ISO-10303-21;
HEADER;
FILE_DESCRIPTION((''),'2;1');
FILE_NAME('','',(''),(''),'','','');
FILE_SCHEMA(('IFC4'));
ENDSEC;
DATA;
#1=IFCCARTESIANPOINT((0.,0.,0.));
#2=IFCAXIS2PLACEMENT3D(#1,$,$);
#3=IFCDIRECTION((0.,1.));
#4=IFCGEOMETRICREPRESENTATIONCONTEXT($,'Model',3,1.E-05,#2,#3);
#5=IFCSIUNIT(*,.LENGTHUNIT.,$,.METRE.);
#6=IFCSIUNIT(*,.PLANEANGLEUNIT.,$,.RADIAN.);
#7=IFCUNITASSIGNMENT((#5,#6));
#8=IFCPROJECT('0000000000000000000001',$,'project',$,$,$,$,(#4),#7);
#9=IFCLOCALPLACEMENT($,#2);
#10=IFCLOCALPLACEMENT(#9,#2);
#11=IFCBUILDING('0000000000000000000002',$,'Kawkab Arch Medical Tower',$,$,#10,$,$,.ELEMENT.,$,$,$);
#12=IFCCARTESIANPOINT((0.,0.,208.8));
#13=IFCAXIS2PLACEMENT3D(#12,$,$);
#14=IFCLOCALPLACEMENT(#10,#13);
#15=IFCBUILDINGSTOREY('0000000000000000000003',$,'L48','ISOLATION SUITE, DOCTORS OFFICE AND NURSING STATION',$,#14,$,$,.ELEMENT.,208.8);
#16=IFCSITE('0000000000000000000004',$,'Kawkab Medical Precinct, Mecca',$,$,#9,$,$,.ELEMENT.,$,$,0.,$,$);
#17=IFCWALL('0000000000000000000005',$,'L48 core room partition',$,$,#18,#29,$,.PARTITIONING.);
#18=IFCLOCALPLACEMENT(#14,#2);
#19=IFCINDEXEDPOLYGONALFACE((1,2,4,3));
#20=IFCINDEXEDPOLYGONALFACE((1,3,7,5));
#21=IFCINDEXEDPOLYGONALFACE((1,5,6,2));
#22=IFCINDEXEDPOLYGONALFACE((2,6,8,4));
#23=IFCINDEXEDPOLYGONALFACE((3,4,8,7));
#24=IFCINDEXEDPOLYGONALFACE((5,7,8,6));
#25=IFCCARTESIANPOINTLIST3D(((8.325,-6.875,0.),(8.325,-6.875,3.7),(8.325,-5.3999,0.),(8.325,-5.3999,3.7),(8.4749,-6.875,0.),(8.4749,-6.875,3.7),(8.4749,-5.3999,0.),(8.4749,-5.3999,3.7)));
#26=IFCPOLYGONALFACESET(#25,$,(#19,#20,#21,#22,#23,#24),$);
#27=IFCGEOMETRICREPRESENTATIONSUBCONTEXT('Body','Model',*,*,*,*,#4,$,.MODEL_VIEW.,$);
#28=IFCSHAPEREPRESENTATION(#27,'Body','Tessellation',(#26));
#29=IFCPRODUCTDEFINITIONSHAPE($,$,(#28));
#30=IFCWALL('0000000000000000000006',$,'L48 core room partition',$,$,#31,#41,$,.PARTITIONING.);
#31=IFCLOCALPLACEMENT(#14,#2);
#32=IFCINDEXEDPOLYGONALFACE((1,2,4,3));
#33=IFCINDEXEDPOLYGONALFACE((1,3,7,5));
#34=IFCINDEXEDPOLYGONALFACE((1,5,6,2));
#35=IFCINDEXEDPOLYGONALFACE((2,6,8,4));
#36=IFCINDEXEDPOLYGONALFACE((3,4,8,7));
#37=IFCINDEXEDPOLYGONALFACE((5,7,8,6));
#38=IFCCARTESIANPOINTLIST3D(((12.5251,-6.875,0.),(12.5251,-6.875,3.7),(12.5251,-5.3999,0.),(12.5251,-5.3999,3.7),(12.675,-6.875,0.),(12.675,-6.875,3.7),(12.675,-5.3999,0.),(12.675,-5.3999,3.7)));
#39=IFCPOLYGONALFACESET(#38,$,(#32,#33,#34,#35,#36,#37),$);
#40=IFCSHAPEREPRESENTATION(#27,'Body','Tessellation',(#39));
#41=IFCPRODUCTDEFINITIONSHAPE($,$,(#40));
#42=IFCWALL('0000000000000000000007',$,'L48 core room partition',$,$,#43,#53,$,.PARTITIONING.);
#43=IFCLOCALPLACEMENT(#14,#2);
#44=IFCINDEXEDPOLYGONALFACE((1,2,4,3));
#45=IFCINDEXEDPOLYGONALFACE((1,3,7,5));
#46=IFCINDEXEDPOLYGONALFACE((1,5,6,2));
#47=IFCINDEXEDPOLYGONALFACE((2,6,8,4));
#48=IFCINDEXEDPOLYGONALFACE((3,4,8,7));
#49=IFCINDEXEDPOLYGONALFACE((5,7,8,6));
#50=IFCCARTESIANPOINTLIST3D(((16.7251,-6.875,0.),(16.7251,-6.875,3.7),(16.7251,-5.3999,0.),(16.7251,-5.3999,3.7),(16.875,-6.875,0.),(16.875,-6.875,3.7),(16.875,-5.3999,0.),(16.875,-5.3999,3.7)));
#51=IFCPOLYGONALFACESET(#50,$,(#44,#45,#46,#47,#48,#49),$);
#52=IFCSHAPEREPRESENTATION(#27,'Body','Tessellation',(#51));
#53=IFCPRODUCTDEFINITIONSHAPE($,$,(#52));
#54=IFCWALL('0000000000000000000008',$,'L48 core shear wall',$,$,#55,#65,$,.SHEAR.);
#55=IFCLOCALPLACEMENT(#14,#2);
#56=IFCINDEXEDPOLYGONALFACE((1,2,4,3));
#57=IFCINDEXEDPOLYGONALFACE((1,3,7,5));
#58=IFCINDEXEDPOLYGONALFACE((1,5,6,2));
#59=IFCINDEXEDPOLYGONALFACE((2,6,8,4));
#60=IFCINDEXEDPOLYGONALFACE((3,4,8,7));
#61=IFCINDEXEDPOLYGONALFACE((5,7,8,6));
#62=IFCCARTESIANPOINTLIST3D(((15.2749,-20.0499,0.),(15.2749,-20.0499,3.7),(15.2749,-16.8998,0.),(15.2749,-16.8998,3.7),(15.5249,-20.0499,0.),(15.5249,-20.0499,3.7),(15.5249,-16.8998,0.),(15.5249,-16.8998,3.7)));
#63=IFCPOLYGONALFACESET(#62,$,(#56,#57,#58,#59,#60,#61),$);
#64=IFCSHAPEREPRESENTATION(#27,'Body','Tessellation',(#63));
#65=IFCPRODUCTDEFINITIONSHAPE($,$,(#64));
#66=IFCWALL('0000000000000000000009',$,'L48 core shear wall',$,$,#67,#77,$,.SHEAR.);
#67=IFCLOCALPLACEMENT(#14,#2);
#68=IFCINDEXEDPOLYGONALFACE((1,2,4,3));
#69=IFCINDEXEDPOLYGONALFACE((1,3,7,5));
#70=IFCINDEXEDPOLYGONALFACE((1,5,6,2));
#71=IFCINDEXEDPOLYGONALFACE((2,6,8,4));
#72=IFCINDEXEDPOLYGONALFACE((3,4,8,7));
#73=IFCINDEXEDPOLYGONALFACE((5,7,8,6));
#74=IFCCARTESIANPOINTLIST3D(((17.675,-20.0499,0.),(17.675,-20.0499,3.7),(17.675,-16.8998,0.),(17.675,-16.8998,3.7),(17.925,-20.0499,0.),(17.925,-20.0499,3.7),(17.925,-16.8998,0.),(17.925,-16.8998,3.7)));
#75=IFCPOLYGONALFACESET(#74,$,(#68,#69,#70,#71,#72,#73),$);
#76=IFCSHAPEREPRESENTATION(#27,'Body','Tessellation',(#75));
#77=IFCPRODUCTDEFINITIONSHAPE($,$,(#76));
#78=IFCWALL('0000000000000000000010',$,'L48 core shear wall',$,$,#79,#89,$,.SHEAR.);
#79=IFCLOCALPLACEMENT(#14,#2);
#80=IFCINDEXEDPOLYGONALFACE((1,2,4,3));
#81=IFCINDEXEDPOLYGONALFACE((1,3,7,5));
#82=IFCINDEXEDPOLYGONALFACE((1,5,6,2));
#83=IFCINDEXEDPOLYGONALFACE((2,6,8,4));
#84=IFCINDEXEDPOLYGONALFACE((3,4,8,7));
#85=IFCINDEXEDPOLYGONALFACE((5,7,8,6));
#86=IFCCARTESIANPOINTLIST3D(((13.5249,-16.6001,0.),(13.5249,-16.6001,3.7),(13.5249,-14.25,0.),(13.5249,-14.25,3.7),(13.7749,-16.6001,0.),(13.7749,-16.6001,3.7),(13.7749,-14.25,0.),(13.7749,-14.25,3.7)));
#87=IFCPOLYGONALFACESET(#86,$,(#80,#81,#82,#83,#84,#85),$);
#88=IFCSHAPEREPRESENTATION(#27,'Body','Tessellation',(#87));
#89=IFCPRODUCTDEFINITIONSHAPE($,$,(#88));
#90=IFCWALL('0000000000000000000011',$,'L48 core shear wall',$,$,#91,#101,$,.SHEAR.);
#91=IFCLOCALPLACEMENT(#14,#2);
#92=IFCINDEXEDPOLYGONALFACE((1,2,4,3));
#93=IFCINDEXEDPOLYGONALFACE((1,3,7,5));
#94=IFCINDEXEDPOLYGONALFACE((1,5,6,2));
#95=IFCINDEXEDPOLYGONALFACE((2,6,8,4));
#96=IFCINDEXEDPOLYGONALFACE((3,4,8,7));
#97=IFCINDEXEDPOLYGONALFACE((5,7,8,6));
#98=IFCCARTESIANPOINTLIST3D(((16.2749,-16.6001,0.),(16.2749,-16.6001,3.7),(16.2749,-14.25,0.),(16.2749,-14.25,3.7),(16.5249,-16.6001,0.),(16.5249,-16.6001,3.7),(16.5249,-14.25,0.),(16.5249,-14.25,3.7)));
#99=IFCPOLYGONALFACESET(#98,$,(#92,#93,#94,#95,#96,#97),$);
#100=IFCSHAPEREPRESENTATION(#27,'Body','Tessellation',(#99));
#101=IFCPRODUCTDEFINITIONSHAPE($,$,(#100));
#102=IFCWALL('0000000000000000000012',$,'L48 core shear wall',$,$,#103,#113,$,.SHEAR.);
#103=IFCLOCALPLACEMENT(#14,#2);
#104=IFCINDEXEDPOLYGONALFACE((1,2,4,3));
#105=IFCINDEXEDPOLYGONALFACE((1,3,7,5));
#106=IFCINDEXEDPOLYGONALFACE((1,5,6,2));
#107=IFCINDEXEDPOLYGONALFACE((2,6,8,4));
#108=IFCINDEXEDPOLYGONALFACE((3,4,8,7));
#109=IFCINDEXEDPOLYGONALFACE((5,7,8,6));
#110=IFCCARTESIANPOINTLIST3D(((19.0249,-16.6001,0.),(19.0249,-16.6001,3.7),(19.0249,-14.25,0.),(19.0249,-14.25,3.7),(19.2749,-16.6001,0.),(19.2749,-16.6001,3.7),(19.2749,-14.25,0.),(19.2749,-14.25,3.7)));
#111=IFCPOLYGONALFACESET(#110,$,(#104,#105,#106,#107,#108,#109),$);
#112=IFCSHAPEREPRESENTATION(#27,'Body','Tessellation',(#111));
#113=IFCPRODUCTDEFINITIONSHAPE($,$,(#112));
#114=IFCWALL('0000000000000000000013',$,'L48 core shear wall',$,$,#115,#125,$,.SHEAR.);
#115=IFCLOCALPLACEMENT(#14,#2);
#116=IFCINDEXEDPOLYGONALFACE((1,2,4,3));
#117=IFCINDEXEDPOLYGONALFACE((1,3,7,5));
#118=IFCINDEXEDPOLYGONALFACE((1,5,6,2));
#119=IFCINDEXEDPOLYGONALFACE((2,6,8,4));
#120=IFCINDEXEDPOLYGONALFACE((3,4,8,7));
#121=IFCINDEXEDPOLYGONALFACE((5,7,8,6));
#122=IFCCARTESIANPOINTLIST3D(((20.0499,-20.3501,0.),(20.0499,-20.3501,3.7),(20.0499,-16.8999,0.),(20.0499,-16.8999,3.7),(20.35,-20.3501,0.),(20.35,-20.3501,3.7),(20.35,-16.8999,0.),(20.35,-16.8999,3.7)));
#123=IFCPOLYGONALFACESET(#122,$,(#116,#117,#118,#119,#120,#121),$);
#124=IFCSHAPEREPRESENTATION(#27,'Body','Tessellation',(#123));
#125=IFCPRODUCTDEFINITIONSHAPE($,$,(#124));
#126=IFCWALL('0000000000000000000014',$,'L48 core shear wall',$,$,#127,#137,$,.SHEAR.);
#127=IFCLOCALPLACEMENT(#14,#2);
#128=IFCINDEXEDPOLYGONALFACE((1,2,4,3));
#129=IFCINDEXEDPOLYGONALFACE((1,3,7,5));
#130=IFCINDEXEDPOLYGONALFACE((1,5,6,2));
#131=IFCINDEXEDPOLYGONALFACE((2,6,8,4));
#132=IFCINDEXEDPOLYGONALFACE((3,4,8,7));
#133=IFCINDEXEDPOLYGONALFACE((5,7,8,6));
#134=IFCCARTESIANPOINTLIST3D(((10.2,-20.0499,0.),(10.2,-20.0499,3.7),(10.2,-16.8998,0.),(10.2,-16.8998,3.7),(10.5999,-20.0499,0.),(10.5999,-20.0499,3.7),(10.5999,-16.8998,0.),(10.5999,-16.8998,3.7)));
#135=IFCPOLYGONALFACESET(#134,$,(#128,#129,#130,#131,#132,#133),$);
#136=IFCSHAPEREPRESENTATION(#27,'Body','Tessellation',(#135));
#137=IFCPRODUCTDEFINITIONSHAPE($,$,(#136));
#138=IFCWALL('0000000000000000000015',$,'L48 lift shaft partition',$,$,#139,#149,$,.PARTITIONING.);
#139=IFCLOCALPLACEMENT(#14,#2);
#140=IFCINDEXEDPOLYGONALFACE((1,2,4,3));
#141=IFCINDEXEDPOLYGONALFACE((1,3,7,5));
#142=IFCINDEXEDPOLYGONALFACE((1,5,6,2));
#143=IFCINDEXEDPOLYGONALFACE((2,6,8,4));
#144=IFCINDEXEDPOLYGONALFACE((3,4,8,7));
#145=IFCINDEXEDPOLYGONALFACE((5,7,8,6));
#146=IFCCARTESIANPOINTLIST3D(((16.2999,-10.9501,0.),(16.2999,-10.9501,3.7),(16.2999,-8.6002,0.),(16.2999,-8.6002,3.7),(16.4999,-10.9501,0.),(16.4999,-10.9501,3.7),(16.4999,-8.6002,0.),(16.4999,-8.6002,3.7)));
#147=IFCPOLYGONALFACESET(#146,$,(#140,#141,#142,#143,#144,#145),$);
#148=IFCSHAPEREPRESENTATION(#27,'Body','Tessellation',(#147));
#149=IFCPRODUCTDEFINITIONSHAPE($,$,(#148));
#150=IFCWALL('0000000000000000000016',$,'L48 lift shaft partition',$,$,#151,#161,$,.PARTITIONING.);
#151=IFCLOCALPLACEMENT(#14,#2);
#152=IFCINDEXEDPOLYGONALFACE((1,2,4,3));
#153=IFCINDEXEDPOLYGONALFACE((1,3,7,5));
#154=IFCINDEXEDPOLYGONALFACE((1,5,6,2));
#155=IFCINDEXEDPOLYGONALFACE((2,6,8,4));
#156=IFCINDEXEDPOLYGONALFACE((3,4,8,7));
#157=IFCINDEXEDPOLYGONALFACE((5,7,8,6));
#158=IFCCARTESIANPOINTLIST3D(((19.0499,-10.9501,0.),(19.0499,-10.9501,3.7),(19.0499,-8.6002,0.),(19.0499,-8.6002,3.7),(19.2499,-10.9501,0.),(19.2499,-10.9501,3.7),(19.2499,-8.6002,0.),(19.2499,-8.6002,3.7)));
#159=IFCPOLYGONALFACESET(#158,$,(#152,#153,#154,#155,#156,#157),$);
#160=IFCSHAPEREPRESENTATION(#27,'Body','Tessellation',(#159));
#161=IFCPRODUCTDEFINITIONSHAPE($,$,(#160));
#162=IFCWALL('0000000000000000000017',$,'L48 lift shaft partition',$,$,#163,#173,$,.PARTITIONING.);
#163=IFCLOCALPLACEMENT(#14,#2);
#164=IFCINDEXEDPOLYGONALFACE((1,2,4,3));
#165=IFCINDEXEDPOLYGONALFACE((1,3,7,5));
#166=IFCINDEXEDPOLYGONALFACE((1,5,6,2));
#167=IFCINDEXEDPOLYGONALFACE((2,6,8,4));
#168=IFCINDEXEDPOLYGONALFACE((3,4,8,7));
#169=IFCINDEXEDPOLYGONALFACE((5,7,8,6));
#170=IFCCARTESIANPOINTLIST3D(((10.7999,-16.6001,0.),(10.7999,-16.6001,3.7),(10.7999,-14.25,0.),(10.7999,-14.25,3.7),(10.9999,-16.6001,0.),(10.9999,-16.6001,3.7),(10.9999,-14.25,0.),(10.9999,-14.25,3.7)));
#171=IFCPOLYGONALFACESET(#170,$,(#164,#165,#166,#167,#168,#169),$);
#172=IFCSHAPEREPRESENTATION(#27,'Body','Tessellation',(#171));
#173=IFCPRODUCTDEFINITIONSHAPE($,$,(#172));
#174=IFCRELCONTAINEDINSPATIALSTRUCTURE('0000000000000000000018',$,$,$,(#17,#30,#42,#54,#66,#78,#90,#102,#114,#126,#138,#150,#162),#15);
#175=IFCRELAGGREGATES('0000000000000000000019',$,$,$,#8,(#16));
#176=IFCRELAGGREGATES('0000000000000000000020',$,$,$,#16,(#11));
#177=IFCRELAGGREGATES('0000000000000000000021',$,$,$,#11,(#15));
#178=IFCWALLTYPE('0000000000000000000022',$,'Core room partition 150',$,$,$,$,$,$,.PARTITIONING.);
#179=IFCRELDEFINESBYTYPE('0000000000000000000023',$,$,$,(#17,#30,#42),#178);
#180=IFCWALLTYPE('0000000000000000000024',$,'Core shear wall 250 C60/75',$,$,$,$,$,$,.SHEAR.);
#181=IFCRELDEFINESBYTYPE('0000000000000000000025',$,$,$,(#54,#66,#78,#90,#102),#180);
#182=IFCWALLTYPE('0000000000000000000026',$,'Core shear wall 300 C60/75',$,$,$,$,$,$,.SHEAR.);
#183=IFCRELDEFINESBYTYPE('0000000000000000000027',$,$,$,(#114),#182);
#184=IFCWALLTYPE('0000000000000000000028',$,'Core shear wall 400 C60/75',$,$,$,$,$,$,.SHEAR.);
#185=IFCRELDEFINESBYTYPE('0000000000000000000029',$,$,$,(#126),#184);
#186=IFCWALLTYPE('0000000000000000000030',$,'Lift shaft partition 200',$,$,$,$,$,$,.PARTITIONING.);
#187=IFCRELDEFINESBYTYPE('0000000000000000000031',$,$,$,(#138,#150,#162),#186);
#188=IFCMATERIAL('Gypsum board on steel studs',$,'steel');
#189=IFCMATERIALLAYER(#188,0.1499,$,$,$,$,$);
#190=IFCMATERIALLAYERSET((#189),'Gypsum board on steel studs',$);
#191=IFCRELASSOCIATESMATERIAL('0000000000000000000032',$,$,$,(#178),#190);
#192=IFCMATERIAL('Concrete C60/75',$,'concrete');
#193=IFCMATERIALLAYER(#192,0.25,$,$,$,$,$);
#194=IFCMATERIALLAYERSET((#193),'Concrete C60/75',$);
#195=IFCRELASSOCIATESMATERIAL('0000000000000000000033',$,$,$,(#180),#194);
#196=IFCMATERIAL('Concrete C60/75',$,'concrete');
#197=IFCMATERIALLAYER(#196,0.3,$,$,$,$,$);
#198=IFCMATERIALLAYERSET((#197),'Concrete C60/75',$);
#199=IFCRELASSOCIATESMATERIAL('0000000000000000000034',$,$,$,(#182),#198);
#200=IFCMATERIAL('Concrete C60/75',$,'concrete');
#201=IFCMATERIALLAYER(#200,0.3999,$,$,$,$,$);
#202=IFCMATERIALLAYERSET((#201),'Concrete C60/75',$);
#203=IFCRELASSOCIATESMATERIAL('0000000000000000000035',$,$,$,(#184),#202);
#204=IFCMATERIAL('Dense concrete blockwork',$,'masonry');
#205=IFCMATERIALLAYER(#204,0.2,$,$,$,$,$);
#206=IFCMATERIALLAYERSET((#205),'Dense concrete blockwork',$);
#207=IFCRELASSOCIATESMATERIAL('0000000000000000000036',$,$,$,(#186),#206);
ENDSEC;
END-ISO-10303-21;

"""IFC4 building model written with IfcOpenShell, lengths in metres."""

from ifc_helpers import new_model, si_unit, direction, frame, frame_2d, origin, place, context, subcontext, project, spatial, rectangle, extrude, material, layer, layer_set, type_object, element, save


model = new_model("IFC4")

# Units and contexts
model_context = context("Model", 3, precision=1e-05, world=origin(), true_north=direction((0.0, 1.0)))
body_context = subcontext(model_context, "Body", "Model", "MODEL_VIEW")
ifc_project = project(units=[si_unit("LENGTHUNIT", "METRE"), si_unit("PLANEANGLEUNIT", "RADIAN")], contexts=[model_context])

# Site, building, storey
site_placement = place(None, origin())
site = spatial("IfcSite", under=ifc_project, at=site_placement, Name="Kawkab Medical Precinct, Mecca", CompositionType="ELEMENT", RefElevation=0.0)
building_placement = place(site_placement, origin())
building = spatial("IfcBuilding", under=site, at=building_placement, Name="Kawkab Arch Medical Tower", CompositionType="ELEMENT")
storey_placement = place(building_placement, frame((0.0, 0.0, 208.8)))
storey = spatial("IfcBuildingStorey", under=building, at=storey_placement, Name="L48", Description="ISOLATION SUITE, DOCTORS OFFICE AND NURSING STATION", CompositionType="ELEMENT", Elevation=208.8)

# Walls
ifc_material_1 = material(Name="Gypsum board on steel studs", Category="steel")
ifc_layer_1 = layer(ifc_material_1, 0.1499)
ifc_layer_set_1 = layer_set([ifc_layer_1], Name="Gypsum board on steel studs")
wall_type_1 = type_object("IfcWallType", Name="Core room partition 150", PredefinedType="PARTITIONING", material=ifc_layer_set_1)
for number, where, z_axis, x_axis, name in (
    (1, (8.3999, -6.875, 0.0), (0.0, 0.0, 1.0), (0.0, 1.0, 0.0), "L48 core room partition"),
    (2, (12.6001, -6.875, 0.0), (0.0, 0.0, 1.0), (0.0, 1.0, 0.0), "L48 core room partition"),
    (3, (16.8, -6.875, 0.0), (0.0, 0.0, 1.0), (0.0, 1.0, 0.0), "L48 core room partition"),
):
    element("IfcWall", number, at=place(storey_placement, frame(where, z_axis=z_axis, x_axis=x_axis)), inside=storey, type_object=wall_type_1, Name=name, PredefinedType="PARTITIONING", context=body_context, shape_type="SweptSolid", body=[
        extrude(rectangle(XDim=1.4751, YDim=0.1499, at=frame_2d((0.7375, 0.0))), origin(), (0.0, 0.0, 1.0), 3.7),
    ])
ifc_material_2 = material(Name="Concrete C60/75", Category="concrete")
ifc_layer_2 = layer(ifc_material_2, 0.25)
ifc_layer_set_2 = layer_set([ifc_layer_2], Name="Concrete C60/75")
wall_type_2 = type_object("IfcWallType", Name="Core shear wall 250 C60/75", PredefinedType="SHEAR", material=ifc_layer_set_2)
for number, where, z_axis, x_axis, name in (
    (4, (15.3999, -20.05, 0.0), (0.0, 0.0, 1.0), (0.0, 1.0, 0.0), "L48 core shear wall"),
    (5, (17.8, -20.05, 0.0), (0.0, 0.0, 1.0), (0.0, 1.0, 0.0), "L48 core shear wall"),
):
    element("IfcWall", number, at=place(storey_placement, frame(where, z_axis=z_axis, x_axis=x_axis)), inside=storey, type_object=wall_type_2, Name=name, PredefinedType="SHEAR", context=body_context, shape_type="SweptSolid", body=[
        extrude(rectangle(XDim=3.1501, YDim=0.25, at=frame_2d((1.5752, 0.0))), origin(), (0.0, 0.0, 1.0), 3.7),
    ])
for number, where, z_axis, x_axis, name in (
    (6, (13.6499, -16.6001, 0.0), (0.0, 0.0, 1.0), (0.0, 1.0, 0.0), "L48 core shear wall"),
    (7, (16.3999, -16.6001, 0.0), (0.0, 0.0, 1.0), (0.0, 1.0, 0.0), "L48 core shear wall"),
    (8, (19.1499, -16.6001, 0.0), (0.0, 0.0, 1.0), (0.0, 1.0, 0.0), "L48 core shear wall"),
):
    element("IfcWall", number, at=place(storey_placement, frame(where, z_axis=z_axis, x_axis=x_axis)), inside=storey, type_object=wall_type_2, Name=name, PredefinedType="SHEAR", context=body_context, shape_type="SweptSolid", body=[
        extrude(rectangle(XDim=2.3501, YDim=0.25, at=frame_2d((1.175, 0.0))), origin(), (0.0, 0.0, 1.0), 3.7),
    ])
ifc_material_3 = material(Name="Concrete C60/75", Category="concrete")
ifc_layer_3 = layer(ifc_material_3, 0.3)
ifc_layer_set_3 = layer_set([ifc_layer_3], Name="Concrete C60/75")
wall_type_3 = type_object("IfcWallType", Name="Core shear wall 300 C60/75", PredefinedType="SHEAR", material=ifc_layer_set_3)
wall_1_placement = place(storey_placement, frame((20.2, -20.3501, 0.0), z_axis=(0.0, 0.0, 1.0), x_axis=(0.0, 1.0, 0.0)))
element("IfcWall", 9, at=wall_1_placement, inside=storey, type_object=wall_type_3, Name="L48 core shear wall", PredefinedType="SHEAR", context=body_context, shape_type="SweptSolid", body=[
    extrude(rectangle(XDim=3.4502, YDim=0.3, at=frame_2d((1.7251, 0.0))), origin(), (0.0, 0.0, 1.0), 3.7),
])
ifc_material_4 = material(Name="Concrete C60/75", Category="concrete")
ifc_layer_4 = layer(ifc_material_4, 0.3999)
ifc_layer_set_4 = layer_set([ifc_layer_4], Name="Concrete C60/75")
wall_type_4 = type_object("IfcWallType", Name="Core shear wall 400 C60/75", PredefinedType="SHEAR", material=ifc_layer_set_4)
wall_2_placement = place(storey_placement, frame((10.3999, -20.05, 0.0), z_axis=(0.0, 0.0, 1.0), x_axis=(0.0, 1.0, 0.0)))
element("IfcWall", 10, at=wall_2_placement, inside=storey, type_object=wall_type_4, Name="L48 core shear wall", PredefinedType="SHEAR", context=body_context, shape_type="SweptSolid", body=[
    extrude(rectangle(XDim=3.1501, YDim=0.3999, at=frame_2d((1.5752, 0.0))), origin(), (0.0, 0.0, 1.0), 3.7),
])
ifc_material_5 = material(Name="Dense concrete blockwork", Category="masonry")
ifc_layer_5 = layer(ifc_material_5, 0.2)
ifc_layer_set_5 = layer_set([ifc_layer_5], Name="Dense concrete blockwork")
wall_type_5 = type_object("IfcWallType", Name="Lift shaft partition 200", PredefinedType="PARTITIONING", material=ifc_layer_set_5)
for number, where, z_axis, x_axis, name in (
    (11, (16.3999, -10.95, 0.0), (0.0, 0.0, 1.0), (0.0, 1.0, 0.0), "L48 lift shaft partition"),
    (12, (19.1499, -10.95, 0.0), (0.0, 0.0, 1.0), (0.0, 1.0, 0.0), "L48 lift shaft partition"),
):
    element("IfcWall", number, at=place(storey_placement, frame(where, z_axis=z_axis, x_axis=x_axis)), inside=storey, type_object=wall_type_5, Name=name, PredefinedType="PARTITIONING", context=body_context, shape_type="SweptSolid", body=[
        extrude(rectangle(XDim=2.3499, YDim=0.2, at=frame_2d((1.1748, 0.0))), origin(), (0.0, 0.0, 1.0), 3.7),
    ])
wall_3_placement = place(storey_placement, frame((10.8999, -16.6001, 0.0), z_axis=(0.0, 0.0, 1.0), x_axis=(0.0, 1.0, 0.0)))
element("IfcWall", 13, at=wall_3_placement, inside=storey, type_object=wall_type_5, Name="L48 lift shaft partition", PredefinedType="PARTITIONING", context=body_context, shape_type="SweptSolid", body=[
    extrude(rectangle(XDim=2.3501, YDim=0.2, at=frame_2d((1.175, 0.0))), origin(), (0.0, 0.0, 1.0), 3.7),
])

save(model, "model.ifc")
